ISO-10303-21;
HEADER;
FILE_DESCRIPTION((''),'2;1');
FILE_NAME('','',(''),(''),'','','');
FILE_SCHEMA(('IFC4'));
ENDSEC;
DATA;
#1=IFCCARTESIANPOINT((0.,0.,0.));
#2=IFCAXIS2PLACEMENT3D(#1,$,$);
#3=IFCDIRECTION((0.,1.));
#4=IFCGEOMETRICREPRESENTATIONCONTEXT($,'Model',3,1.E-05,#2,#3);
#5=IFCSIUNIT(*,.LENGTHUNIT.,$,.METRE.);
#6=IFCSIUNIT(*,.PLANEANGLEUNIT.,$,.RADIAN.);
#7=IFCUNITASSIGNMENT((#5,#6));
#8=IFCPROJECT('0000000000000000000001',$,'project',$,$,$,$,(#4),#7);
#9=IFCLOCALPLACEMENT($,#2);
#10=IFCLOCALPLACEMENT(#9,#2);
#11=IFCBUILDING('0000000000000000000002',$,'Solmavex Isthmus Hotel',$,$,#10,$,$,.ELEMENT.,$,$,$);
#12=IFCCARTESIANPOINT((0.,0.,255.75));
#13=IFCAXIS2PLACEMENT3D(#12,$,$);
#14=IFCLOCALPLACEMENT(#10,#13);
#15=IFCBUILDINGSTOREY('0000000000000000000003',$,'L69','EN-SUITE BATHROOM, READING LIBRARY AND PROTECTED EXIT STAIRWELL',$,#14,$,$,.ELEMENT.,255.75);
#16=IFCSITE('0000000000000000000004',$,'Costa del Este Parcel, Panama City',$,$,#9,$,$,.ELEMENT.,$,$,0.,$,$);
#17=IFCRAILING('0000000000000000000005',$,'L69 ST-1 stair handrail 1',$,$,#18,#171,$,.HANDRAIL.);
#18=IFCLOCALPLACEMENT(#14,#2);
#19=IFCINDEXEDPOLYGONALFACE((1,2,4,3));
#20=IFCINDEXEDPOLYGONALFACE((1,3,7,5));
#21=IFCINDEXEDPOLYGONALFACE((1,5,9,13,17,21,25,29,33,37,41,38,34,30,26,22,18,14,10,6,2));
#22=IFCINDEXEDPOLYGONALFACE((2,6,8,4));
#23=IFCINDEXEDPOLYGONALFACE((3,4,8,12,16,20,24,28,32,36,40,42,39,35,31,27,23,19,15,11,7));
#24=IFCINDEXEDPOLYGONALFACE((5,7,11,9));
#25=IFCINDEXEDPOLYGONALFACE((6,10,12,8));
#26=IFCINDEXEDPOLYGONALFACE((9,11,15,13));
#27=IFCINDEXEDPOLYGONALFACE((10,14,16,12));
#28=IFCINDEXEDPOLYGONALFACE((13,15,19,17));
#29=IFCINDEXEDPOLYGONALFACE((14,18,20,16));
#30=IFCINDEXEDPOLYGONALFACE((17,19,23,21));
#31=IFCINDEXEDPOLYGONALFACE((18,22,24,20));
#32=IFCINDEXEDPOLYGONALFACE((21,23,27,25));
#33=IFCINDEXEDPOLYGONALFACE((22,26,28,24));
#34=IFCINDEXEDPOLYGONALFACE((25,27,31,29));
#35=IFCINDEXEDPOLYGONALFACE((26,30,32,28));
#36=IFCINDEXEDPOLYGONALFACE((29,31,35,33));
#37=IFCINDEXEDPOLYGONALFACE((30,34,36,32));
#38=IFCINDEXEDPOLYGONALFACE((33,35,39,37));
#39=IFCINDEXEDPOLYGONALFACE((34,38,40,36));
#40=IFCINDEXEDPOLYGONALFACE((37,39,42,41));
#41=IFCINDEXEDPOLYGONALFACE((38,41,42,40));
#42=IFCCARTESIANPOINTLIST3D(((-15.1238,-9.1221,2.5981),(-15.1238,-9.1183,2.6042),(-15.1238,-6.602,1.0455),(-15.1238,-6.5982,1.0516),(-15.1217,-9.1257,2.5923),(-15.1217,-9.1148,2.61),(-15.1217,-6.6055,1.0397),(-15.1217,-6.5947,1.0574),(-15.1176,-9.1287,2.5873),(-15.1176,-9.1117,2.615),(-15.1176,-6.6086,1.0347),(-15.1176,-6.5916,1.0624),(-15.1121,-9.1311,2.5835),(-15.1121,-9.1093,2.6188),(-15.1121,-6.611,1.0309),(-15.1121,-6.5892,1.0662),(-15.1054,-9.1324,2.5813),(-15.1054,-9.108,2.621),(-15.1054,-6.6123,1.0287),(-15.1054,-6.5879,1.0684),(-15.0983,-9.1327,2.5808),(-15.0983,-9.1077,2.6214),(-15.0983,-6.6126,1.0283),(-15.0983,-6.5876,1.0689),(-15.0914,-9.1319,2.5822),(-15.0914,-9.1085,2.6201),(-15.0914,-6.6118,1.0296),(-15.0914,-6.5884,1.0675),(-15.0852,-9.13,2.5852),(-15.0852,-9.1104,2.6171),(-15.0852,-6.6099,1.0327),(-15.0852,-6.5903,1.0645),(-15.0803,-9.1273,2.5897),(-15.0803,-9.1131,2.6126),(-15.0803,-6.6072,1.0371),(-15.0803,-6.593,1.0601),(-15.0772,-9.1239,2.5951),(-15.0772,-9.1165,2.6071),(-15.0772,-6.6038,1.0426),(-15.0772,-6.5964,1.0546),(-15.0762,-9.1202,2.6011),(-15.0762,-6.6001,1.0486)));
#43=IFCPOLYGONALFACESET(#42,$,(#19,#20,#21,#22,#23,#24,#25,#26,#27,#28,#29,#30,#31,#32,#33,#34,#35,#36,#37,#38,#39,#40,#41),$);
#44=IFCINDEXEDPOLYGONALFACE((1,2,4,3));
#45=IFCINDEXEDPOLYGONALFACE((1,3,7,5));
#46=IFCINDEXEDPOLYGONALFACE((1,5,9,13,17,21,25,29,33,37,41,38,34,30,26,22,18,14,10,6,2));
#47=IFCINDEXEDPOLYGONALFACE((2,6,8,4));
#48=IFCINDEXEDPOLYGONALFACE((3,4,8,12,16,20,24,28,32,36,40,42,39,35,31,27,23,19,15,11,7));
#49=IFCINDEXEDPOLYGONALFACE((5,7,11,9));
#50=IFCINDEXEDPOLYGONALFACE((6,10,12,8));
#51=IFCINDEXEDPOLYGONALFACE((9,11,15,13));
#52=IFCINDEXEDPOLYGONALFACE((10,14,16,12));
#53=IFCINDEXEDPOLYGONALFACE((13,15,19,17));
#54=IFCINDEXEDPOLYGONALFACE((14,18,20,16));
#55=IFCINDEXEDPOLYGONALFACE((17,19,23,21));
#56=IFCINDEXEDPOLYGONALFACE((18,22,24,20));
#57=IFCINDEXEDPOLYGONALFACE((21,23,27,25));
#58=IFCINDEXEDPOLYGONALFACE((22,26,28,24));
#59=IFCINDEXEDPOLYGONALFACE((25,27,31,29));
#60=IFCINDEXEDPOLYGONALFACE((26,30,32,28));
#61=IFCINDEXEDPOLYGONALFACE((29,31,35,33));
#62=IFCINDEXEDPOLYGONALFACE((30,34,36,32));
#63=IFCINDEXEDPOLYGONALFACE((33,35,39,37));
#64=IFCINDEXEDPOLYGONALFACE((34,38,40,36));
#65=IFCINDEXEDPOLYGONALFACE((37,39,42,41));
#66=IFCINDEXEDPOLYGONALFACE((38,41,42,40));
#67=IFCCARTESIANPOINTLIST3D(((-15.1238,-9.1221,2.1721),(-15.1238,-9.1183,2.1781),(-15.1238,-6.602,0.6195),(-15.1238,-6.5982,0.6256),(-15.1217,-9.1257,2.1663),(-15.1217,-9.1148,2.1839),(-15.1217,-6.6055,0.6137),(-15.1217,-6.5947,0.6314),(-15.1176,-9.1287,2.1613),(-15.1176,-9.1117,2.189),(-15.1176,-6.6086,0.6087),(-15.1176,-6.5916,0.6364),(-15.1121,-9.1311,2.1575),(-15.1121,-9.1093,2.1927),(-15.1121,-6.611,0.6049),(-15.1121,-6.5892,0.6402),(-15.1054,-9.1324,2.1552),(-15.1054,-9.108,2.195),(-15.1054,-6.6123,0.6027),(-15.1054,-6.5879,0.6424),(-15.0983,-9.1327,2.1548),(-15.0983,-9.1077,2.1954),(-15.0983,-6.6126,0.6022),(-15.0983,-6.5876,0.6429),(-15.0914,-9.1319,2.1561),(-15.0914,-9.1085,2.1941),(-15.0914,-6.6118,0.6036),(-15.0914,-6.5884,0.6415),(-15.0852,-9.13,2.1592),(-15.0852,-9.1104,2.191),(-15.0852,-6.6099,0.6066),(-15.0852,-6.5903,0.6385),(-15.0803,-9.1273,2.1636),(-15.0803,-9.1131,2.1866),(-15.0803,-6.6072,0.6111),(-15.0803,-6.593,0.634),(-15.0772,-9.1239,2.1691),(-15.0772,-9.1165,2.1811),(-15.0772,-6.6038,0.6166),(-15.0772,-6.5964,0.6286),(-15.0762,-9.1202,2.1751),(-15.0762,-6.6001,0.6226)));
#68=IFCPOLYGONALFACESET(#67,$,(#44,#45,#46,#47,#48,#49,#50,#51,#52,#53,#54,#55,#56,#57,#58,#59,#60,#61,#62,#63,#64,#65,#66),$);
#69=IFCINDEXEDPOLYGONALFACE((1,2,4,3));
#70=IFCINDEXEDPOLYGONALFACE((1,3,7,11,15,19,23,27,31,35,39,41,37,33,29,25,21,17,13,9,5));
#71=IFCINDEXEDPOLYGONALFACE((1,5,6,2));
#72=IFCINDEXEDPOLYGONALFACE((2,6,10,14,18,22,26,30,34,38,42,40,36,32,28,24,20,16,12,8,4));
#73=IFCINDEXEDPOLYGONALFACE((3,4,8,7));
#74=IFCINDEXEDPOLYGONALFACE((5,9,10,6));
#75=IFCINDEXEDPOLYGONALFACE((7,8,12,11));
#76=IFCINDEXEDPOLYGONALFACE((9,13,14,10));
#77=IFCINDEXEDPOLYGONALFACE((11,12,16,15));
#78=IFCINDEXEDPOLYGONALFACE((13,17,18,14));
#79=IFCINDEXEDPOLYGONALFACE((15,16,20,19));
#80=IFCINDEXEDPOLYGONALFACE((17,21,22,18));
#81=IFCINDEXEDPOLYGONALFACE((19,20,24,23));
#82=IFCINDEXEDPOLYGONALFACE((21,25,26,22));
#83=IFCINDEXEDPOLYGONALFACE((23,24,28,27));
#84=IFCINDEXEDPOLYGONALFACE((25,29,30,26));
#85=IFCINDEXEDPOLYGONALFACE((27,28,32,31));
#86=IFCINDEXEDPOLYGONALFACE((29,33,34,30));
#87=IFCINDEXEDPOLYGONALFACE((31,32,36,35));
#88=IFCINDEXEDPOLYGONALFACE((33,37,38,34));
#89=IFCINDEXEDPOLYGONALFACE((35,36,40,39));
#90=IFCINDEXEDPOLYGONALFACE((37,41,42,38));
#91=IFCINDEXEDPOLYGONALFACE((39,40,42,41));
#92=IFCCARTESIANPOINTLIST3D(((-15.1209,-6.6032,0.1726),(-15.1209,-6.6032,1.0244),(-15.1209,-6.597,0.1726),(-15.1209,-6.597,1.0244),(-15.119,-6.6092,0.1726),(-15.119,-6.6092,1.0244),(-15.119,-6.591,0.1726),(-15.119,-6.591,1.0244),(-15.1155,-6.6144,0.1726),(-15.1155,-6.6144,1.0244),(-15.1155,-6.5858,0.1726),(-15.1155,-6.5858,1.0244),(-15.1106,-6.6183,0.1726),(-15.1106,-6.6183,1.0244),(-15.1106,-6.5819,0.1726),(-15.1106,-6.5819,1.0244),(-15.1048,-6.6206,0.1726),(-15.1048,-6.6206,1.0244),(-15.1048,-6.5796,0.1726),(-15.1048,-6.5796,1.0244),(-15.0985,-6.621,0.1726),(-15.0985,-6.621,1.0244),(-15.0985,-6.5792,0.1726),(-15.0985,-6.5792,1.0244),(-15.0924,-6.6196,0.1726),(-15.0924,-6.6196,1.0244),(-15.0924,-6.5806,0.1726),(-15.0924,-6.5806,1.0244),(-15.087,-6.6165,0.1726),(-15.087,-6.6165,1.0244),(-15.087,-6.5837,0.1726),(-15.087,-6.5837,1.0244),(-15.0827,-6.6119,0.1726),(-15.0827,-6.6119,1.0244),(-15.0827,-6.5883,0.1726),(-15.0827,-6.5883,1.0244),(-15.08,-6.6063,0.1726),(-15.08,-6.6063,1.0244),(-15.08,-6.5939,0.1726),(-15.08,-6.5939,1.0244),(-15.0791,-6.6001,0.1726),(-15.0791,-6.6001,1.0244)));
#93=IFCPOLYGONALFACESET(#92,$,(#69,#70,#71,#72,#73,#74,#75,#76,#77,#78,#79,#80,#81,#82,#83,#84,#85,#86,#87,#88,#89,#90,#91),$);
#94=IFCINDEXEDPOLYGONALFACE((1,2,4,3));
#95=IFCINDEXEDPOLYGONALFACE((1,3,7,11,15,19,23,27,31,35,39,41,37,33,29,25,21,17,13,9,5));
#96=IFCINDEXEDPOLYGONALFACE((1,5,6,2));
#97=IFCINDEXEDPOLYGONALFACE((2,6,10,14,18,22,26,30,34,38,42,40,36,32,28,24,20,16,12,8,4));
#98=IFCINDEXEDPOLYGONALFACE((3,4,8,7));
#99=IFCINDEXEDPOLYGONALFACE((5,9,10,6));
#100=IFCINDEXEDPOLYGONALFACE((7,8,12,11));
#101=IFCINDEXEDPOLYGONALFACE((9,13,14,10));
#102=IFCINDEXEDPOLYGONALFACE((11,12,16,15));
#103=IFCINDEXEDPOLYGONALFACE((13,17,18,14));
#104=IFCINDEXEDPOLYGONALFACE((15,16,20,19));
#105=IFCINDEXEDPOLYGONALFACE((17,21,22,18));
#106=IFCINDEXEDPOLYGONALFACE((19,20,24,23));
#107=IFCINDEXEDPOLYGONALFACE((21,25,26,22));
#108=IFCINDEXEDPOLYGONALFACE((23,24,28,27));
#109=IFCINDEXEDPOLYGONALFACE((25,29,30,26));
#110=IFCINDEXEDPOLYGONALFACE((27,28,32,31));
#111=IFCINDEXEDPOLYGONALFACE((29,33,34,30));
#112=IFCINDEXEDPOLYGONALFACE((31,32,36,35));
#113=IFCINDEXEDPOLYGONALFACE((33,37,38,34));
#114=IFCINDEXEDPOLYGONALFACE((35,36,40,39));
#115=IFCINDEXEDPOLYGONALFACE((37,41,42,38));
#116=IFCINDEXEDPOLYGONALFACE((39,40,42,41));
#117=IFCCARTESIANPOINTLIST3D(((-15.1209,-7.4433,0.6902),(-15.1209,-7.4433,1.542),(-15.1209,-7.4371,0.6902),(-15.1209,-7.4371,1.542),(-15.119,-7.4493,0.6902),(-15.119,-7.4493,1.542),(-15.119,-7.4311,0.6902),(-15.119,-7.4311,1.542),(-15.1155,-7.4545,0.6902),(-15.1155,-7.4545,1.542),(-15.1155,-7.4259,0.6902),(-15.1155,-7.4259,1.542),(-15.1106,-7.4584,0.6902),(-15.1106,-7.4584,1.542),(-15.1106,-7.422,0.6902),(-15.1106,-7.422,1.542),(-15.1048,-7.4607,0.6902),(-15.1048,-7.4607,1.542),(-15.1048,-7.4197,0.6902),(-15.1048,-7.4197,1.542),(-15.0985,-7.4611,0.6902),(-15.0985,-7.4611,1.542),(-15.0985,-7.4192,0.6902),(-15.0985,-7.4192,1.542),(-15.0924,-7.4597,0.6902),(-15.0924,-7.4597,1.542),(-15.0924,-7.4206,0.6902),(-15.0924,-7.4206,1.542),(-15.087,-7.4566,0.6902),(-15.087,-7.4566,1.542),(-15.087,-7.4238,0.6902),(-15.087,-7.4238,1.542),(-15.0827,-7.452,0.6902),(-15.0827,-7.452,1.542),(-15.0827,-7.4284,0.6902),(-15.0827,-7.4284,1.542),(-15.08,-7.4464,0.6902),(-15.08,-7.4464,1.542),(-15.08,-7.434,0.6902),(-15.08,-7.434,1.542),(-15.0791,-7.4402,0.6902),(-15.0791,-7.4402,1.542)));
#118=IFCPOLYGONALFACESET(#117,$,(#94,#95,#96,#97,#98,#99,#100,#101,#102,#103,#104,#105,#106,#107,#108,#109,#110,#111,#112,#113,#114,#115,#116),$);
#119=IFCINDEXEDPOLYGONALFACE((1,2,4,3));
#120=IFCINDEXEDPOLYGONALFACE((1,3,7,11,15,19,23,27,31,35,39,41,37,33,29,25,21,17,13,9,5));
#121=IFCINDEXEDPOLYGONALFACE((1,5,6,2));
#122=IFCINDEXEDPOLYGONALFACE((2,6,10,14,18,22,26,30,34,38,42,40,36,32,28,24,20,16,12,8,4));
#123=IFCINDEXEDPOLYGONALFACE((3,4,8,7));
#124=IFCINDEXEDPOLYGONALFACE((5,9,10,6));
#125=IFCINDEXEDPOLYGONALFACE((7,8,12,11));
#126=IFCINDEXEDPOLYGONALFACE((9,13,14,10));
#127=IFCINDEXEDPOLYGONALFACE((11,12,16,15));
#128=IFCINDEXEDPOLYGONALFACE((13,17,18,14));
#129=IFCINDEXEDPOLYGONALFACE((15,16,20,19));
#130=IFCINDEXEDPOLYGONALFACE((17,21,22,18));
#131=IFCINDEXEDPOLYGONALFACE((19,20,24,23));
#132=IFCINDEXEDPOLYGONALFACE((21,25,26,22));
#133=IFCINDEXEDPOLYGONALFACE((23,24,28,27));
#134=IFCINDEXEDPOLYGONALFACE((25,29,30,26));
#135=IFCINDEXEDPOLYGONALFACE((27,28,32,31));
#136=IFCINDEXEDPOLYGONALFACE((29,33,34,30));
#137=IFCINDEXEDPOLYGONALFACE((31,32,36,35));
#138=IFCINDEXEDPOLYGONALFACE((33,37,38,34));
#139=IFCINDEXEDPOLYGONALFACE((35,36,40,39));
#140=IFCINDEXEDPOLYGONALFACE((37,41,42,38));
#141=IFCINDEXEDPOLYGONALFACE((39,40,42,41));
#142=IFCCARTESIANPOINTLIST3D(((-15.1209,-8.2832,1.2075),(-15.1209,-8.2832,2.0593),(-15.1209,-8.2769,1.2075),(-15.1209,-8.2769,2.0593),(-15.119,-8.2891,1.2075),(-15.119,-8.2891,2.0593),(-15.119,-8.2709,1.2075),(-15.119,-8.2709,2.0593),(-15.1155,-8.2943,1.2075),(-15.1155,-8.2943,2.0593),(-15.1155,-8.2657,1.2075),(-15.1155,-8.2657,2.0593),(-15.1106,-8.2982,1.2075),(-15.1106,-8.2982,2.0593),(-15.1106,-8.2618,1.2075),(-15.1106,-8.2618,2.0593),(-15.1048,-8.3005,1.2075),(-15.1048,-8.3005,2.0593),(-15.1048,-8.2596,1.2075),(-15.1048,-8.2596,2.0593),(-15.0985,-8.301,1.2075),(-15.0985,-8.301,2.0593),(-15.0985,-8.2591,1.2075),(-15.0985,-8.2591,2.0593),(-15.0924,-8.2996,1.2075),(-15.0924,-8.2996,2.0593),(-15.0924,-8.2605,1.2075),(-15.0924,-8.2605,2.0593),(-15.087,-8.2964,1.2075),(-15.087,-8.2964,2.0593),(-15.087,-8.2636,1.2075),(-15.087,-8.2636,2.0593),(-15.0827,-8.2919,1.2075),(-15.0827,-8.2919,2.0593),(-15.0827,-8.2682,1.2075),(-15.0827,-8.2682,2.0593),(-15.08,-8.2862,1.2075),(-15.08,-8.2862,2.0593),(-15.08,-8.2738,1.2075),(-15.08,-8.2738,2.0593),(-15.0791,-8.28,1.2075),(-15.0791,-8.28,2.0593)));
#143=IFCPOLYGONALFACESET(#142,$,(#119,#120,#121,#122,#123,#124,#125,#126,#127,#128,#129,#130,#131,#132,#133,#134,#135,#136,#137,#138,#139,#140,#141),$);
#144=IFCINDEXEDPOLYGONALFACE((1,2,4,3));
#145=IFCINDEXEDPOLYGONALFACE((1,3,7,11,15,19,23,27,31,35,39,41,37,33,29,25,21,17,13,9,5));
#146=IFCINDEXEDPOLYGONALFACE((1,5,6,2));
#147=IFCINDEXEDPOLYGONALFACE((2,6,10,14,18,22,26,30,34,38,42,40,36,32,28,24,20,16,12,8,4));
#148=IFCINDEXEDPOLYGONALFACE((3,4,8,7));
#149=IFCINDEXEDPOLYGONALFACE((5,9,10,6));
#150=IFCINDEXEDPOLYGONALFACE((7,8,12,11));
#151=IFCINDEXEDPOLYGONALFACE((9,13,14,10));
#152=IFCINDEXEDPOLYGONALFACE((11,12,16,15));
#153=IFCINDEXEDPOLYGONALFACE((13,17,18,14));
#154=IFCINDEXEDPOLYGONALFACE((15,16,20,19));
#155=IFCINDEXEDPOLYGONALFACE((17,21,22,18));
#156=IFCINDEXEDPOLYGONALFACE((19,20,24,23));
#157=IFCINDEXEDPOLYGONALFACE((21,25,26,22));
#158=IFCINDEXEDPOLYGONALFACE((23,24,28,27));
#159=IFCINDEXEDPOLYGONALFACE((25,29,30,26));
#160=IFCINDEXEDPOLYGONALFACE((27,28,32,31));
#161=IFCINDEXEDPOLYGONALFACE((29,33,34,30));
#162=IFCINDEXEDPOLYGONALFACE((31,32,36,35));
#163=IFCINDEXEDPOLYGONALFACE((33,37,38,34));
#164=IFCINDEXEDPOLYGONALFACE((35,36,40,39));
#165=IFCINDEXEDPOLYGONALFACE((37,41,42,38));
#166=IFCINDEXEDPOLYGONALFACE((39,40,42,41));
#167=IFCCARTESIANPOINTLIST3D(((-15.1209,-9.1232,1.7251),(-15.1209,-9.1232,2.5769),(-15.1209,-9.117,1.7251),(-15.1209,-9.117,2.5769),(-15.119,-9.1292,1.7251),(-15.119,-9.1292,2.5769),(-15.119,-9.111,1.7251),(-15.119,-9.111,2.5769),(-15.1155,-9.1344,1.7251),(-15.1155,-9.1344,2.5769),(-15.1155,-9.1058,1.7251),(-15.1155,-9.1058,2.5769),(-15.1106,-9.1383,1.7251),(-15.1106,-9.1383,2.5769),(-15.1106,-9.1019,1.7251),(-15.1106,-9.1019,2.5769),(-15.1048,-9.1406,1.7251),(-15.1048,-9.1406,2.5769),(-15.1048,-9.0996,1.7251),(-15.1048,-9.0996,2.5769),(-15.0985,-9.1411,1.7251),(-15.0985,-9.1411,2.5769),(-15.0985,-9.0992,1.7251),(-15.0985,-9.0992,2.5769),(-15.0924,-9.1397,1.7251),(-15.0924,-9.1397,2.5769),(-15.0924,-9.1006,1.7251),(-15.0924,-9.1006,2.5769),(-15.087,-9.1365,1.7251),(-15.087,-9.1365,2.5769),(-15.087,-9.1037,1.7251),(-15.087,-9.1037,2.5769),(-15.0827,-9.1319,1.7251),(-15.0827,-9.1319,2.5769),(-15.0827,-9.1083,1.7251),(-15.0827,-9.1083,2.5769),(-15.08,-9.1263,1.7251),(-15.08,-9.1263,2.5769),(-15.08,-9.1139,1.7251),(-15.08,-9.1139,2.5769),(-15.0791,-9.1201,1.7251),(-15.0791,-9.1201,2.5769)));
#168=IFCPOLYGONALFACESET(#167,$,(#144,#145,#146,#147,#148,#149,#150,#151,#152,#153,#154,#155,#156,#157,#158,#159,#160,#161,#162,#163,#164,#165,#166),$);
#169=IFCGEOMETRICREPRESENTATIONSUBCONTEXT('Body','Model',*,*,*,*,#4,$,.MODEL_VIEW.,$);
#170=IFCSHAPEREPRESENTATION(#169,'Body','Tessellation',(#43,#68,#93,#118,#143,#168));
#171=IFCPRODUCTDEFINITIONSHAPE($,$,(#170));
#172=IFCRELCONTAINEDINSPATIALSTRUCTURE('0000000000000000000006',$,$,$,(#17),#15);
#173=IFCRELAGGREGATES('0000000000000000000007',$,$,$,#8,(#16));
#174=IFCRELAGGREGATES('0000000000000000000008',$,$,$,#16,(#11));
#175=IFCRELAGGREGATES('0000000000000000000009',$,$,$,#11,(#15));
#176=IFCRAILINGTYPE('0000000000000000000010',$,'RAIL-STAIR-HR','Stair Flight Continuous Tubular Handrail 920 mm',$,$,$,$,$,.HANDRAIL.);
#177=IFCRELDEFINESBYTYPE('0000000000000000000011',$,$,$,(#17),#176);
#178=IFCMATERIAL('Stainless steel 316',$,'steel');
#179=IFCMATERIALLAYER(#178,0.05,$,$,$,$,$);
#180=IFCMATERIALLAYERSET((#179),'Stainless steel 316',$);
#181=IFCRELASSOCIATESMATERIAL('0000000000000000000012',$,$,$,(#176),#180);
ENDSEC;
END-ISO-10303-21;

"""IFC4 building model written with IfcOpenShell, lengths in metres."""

from ifc_helpers import new_model, si_unit, direction, frame, origin, origin_2d, place, context, subcontext, project, spatial, circle, extrude, material, layer, layer_set, type_object, element, save


model = new_model("IFC4")

# Units and contexts
model_context = context("Model", 3, precision=1e-05, world=origin(), true_north=direction((0.0, 1.0)))
body_context = subcontext(model_context, "Body", "Model", "MODEL_VIEW")
ifc_project = project(units=[si_unit("LENGTHUNIT", "METRE"), si_unit("PLANEANGLEUNIT", "RADIAN")], contexts=[model_context])

# Site, building, storey
site_placement = place(None, origin())
site = spatial("IfcSite", under=ifc_project, at=site_placement, Name="Costa del Este Parcel, Panama City", CompositionType="ELEMENT", RefElevation=0.0)
building_placement = place(site_placement, origin())
building = spatial("IfcBuilding", under=site, at=building_placement, Name="Solmavex Isthmus Hotel", CompositionType="ELEMENT")
storey_placement = place(building_placement, frame((0.0, 0.0, 255.75)))
storey = spatial("IfcBuildingStorey", under=building, at=storey_placement, Name="L69", Description="EN-SUITE BATHROOM, READING LIBRARY AND PROTECTED EXIT STAIRWELL", CompositionType="ELEMENT", Elevation=255.75)

# Railing
ifc_material_1 = material(Name="Stainless steel 316", Category="steel")
ifc_layer_1 = layer(ifc_material_1, 0.05)
ifc_layer_set_1 = layer_set([ifc_layer_1], Name="Stainless steel 316")
railing_type_1 = type_object("IfcRailingType", Name="RAIL-STAIR-HR", Description="Stair Flight Continuous Tubular Handrail 920 mm", PredefinedType="HANDRAIL", material=ifc_layer_set_1)
railing_1_placement = place(storey_placement, frame((-15.1001, -6.6001, 0.1726)))
element("IfcRailing", 1, at=railing_1_placement, inside=storey, type_object=railing_type_1, Name="L69 ST-1 stair handrail 1", PredefinedType="HANDRAIL", context=body_context, shape_type="SweptSolid", body=[
    extrude(circle(Radius=0.0239, at=origin_2d()), frame((0.0, 0.0, 0.876), z_axis=(0.0, -0.8514, 0.524516), x_axis=(1.0, 0.0, 0.0)), (0.0, 0.0, 1.0), 2.96),
    extrude(circle(Radius=0.0239, at=origin_2d()), frame((0.0, 0.0, 0.45), z_axis=(0.0, -0.8514, 0.524516), x_axis=(1.0, 0.0, 0.0)), (0.0, 0.0, 1.0), 2.96),
    extrude(circle(Radius=0.021, at=origin_2d()), origin(), (0.0, 0.0, 1.0), 0.8518),
    extrude(circle(Radius=0.021, at=origin_2d()), frame((0.0, -0.8401, 0.5176)), (0.0, 0.0, 1.0), 0.8518),
    extrude(circle(Radius=0.021, at=origin_2d()), frame((0.0, -1.6799, 1.0349)), (0.0, 0.0, 1.0), 0.8518),
    extrude(circle(Radius=0.021, at=origin_2d()), frame((0.0, -2.52, 1.5525)), (0.0, 0.0, 1.0), 0.8518),
])

save(model, "model.ifc")
